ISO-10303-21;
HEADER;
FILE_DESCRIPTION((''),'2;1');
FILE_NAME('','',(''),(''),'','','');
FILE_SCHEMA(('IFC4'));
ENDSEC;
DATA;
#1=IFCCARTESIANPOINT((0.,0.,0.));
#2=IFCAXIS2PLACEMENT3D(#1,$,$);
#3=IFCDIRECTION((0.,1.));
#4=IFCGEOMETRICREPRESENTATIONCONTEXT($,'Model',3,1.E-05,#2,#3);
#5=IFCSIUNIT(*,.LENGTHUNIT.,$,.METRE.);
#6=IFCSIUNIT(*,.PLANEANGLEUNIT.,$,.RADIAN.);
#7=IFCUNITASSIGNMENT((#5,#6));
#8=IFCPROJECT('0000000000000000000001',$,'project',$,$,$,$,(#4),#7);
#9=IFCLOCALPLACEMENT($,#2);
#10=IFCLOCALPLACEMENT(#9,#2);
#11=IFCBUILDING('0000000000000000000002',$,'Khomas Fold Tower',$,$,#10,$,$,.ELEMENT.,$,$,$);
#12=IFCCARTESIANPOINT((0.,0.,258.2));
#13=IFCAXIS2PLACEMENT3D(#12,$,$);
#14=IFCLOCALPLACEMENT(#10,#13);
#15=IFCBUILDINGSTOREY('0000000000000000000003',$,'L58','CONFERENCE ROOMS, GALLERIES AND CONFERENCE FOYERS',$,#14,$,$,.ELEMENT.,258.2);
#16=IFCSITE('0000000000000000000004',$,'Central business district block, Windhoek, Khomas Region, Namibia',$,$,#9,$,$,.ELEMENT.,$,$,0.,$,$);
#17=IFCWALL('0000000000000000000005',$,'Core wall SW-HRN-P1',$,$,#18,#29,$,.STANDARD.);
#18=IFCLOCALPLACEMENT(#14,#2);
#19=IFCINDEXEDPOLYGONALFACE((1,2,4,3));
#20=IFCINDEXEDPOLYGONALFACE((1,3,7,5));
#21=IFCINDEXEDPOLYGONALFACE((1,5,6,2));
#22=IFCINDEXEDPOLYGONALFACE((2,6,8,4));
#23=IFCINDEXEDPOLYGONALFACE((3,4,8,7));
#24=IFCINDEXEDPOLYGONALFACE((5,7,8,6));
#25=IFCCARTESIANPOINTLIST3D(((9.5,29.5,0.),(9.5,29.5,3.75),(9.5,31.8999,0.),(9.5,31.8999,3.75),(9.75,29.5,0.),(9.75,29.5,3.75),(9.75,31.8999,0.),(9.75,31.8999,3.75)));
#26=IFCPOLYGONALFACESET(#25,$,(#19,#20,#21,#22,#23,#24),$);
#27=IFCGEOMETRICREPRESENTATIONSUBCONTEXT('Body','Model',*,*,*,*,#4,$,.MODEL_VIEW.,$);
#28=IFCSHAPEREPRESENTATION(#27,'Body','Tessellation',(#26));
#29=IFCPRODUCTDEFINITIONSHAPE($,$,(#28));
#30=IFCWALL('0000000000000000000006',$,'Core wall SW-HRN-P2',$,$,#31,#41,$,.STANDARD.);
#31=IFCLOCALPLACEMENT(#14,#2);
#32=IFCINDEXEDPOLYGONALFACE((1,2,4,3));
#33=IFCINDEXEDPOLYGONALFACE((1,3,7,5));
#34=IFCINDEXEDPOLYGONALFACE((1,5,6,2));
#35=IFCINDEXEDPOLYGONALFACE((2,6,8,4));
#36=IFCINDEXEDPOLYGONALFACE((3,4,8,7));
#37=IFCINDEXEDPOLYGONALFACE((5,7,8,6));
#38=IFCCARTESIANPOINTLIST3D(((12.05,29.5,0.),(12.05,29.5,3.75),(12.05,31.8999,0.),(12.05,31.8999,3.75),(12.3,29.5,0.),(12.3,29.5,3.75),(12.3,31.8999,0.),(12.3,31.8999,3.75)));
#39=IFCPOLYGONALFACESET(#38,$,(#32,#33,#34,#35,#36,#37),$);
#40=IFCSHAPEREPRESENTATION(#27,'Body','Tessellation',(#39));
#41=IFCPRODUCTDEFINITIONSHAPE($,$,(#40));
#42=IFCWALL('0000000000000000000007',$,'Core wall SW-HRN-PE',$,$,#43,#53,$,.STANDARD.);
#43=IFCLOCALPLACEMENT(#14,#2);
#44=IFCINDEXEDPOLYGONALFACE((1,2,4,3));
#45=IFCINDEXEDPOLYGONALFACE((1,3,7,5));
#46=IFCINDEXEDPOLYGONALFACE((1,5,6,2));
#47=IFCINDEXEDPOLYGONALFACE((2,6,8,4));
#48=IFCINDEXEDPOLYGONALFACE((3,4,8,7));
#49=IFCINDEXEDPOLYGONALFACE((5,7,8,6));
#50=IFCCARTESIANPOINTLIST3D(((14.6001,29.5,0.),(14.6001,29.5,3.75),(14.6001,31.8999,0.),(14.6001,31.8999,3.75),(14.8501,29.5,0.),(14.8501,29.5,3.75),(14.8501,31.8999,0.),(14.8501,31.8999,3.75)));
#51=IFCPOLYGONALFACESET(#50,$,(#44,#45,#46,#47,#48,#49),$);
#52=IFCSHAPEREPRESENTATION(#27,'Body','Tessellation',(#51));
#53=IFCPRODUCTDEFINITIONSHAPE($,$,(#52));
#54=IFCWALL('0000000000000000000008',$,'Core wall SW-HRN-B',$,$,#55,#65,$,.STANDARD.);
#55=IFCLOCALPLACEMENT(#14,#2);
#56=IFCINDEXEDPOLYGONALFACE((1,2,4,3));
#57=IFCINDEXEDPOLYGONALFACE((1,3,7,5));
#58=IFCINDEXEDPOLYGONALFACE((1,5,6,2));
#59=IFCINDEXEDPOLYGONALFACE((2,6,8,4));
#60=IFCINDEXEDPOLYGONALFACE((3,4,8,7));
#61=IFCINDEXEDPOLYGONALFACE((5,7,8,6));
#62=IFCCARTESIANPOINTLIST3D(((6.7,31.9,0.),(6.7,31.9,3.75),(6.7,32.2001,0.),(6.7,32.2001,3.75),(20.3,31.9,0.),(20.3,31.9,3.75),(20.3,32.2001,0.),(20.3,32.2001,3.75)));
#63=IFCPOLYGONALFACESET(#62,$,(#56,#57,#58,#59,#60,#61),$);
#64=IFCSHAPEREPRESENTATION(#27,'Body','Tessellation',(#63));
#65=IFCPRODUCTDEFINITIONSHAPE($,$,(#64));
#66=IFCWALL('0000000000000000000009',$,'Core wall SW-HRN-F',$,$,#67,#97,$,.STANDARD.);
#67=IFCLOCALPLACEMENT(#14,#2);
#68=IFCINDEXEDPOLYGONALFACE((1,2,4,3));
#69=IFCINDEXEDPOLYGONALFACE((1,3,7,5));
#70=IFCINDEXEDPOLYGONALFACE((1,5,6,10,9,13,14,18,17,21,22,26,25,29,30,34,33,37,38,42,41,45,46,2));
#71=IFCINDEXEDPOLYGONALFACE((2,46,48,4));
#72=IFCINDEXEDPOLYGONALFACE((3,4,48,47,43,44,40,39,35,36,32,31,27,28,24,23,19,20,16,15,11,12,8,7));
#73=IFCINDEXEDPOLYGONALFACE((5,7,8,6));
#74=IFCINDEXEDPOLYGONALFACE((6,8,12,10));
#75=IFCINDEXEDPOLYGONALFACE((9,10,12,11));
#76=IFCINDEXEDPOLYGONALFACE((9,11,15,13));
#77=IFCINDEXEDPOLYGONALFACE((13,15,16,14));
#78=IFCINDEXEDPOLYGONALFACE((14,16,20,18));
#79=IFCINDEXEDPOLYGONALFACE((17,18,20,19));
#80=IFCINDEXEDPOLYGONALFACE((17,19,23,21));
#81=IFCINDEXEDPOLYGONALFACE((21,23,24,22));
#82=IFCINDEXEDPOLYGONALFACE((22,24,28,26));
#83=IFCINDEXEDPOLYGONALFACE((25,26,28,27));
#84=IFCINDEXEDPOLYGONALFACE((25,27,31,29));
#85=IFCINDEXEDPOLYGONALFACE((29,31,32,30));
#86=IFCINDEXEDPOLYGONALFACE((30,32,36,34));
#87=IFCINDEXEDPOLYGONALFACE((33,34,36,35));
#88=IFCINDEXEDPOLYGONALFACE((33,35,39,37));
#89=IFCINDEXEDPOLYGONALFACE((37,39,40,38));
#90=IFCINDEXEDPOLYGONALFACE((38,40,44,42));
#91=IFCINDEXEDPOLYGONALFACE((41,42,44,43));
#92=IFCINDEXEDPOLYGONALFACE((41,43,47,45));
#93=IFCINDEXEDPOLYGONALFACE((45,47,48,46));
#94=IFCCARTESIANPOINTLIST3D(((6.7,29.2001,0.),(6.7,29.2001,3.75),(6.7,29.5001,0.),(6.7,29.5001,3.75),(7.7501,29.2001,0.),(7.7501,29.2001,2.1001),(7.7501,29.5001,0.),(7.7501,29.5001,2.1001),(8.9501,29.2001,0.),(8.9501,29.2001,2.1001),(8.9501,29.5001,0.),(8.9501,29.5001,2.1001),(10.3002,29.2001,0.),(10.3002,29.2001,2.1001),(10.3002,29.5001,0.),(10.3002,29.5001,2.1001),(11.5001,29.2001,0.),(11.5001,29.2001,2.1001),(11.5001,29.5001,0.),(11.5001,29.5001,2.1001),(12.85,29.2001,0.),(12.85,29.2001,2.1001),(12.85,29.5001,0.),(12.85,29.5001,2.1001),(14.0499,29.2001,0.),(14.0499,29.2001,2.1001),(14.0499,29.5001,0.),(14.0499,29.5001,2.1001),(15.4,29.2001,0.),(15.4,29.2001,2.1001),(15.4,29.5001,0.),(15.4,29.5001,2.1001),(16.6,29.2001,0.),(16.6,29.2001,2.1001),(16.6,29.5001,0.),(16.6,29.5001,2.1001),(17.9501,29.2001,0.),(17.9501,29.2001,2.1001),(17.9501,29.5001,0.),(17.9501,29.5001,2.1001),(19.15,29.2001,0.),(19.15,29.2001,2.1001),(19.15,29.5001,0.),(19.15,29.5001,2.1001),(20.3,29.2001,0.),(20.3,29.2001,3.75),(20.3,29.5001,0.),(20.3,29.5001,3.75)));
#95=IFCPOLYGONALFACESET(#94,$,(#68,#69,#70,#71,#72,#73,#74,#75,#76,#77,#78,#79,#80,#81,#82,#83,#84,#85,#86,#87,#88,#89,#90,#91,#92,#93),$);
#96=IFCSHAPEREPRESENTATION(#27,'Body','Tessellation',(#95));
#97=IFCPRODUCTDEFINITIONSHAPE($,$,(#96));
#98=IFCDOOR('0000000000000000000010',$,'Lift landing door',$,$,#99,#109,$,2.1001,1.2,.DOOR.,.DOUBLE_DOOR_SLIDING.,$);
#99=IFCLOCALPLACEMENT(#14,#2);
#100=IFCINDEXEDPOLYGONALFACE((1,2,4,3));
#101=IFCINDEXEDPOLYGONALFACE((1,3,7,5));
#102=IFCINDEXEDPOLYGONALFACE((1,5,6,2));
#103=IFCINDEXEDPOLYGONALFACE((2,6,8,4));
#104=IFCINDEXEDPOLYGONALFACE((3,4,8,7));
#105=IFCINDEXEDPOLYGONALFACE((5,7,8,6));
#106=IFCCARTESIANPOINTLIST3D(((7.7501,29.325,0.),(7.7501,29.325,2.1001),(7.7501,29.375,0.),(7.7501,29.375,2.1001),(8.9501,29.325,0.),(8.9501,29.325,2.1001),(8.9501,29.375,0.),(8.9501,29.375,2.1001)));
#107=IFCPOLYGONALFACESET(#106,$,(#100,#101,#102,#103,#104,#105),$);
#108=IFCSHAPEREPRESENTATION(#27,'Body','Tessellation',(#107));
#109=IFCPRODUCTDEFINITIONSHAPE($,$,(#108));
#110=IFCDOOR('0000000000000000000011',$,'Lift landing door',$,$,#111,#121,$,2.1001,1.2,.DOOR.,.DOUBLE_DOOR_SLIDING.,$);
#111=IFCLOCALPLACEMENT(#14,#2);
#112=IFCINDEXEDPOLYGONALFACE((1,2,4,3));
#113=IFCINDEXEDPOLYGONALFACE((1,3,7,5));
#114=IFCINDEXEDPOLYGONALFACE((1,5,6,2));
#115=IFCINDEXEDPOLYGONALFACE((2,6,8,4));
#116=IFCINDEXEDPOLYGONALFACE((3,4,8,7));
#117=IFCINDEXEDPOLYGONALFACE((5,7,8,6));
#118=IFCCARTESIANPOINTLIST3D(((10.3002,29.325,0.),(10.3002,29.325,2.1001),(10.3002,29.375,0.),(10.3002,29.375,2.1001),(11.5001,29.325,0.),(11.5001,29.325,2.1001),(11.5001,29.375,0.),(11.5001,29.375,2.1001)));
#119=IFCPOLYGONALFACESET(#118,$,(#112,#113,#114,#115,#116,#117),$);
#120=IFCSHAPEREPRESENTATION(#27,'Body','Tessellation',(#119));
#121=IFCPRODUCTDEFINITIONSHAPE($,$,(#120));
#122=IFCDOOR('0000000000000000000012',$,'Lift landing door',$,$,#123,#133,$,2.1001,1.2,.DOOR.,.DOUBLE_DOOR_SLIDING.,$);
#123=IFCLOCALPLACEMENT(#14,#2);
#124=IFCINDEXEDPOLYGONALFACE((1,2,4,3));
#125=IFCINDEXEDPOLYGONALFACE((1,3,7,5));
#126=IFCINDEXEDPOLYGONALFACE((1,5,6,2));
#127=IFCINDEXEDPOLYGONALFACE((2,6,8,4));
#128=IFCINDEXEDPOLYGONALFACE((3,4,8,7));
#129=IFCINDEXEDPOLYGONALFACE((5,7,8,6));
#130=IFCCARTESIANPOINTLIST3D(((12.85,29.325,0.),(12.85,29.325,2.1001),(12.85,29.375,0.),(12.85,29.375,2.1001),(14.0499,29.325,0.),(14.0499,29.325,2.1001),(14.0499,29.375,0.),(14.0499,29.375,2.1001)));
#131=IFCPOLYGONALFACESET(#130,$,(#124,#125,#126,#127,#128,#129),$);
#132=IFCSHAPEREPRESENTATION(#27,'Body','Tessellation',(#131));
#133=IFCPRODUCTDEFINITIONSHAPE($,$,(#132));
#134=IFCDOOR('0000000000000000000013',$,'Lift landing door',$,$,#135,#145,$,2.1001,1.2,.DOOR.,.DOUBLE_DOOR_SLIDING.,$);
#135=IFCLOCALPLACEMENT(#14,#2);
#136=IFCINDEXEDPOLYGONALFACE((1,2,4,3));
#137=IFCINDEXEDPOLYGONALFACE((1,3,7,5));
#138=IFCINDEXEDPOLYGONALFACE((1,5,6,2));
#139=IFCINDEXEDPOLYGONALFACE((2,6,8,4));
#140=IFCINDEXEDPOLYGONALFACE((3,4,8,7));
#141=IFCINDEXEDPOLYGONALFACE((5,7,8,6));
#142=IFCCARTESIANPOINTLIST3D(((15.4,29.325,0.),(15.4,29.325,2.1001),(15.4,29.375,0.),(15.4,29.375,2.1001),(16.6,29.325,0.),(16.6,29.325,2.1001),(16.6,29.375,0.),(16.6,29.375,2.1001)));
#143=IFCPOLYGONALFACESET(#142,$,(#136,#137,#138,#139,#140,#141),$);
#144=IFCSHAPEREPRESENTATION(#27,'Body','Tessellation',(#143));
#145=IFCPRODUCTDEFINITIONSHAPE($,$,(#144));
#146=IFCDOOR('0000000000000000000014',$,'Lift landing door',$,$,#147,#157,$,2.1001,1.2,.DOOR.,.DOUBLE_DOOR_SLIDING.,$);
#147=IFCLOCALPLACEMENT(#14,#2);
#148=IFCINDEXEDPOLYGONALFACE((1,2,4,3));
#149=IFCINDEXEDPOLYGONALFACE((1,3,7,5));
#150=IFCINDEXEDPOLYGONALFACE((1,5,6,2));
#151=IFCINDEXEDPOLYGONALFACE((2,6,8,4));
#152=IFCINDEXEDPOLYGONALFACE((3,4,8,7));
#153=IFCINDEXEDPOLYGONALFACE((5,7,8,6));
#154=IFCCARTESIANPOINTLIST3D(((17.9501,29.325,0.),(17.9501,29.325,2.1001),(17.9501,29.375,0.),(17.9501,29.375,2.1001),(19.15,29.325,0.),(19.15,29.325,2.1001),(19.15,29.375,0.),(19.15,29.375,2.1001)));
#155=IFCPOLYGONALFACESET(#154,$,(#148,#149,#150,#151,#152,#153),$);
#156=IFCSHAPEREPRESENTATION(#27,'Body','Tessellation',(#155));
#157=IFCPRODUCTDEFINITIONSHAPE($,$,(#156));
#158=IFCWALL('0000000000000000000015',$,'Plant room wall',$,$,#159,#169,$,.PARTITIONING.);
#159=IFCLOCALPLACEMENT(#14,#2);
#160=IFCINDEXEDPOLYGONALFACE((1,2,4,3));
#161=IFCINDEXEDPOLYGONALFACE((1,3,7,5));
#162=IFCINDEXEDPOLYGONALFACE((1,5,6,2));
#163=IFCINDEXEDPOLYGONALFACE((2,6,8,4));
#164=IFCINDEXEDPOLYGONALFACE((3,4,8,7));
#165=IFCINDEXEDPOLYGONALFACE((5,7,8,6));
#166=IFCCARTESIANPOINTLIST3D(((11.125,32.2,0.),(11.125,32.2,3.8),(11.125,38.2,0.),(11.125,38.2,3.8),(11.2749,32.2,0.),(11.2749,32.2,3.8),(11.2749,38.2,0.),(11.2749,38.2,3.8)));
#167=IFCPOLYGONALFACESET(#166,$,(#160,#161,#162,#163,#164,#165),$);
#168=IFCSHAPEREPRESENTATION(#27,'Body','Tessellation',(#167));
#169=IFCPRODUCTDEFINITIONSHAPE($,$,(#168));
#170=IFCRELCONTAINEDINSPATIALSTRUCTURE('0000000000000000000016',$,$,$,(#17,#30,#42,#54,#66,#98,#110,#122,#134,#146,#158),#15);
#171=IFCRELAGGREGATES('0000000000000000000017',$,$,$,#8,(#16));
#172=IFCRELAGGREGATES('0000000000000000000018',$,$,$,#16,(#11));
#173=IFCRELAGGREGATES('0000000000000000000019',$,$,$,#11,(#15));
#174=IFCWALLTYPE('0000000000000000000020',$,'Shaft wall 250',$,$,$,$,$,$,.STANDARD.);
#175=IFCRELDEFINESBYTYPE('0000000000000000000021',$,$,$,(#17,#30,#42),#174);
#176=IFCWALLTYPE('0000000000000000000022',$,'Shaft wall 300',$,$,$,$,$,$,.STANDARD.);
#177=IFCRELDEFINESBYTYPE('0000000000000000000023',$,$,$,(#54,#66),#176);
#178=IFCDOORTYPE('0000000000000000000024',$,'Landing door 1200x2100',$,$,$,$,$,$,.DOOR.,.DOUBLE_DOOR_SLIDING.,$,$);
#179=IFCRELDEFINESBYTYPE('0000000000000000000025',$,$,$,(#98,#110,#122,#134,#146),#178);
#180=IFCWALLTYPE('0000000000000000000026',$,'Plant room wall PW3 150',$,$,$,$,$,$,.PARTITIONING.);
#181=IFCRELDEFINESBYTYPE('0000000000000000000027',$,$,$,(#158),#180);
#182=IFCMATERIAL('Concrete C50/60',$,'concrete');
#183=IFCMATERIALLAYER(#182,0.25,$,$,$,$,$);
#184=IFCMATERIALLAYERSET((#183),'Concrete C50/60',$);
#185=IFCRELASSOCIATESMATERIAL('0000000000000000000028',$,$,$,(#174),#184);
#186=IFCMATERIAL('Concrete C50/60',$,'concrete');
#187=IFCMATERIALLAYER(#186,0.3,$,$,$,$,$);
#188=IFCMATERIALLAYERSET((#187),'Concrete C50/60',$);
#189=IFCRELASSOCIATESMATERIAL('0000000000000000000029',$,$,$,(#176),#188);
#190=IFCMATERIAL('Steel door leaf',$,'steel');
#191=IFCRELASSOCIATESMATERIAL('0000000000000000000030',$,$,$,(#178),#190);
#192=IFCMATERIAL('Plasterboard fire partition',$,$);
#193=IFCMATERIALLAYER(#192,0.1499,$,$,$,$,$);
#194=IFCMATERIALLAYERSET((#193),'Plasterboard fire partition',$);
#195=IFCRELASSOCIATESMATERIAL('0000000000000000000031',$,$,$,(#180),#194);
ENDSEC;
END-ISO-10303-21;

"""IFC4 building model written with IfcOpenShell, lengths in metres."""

from ifc_helpers import new_model, si_unit, direction, frame, frame_2d, origin, place, context, subcontext, project, spatial, rectangle, extrude, source, transform, mapped, material, layer, layer_set, type_object, element, fill, save


model = new_model("IFC4")

# Units and contexts
model_context = context("Model", 3, precision=1e-05, world=origin(), true_north=direction((0.0, 1.0)))
body_context = subcontext(model_context, "Body", "Model", "MODEL_VIEW")
ifc_project = project(units=[si_unit("LENGTHUNIT", "METRE"), si_unit("PLANEANGLEUNIT", "RADIAN")], contexts=[model_context])

# Site, building, storey
site_placement = place(None, origin())
site = spatial("IfcSite", under=ifc_project, at=site_placement, Name="Central business district block, Windhoek, Khomas Region, Namibia", CompositionType="ELEMENT", RefElevation=0.0)
building_placement = place(site_placement, origin())
building = spatial("IfcBuilding", under=site, at=building_placement, Name="Khomas Fold Tower", CompositionType="ELEMENT")
storey_placement = place(building_placement, frame((0.0, 0.0, 258.2)))
storey = spatial("IfcBuildingStorey", under=building, at=storey_placement, Name="L58", Description="CONFERENCE ROOMS, GALLERIES AND CONFERENCE FOYERS", CompositionType="ELEMENT", Elevation=258.2)

# Walls
ifc_material_1 = material(Name="Concrete C50/60", Category="concrete")
ifc_layer_1 = layer(ifc_material_1, 0.25)
ifc_layer_set_1 = layer_set([ifc_layer_1], Name="Concrete C50/60")
wall_type_1 = type_object("IfcWallType", Name="Shaft wall 250", PredefinedType="STANDARD", material=ifc_layer_set_1)
shared_shape_1 = source(origin(), body_context, "Body", "SweptSolid", [
    extrude(rectangle(XDim=2.3999, YDim=0.25, at=frame_2d((1.2, 0.0))), origin(), (0.0, 0.0, 1.0), 3.75),
])
for number, where, z_axis, x_axis, name in (
    (1, (9.625, 29.5, 0.0), (0.0, 0.0, 1.0), (0.0, 1.0, 0.0), "Core wall SW-HRN-P1"),
    (2, (12.175, 29.5, 0.0), (0.0, 0.0, 1.0), (0.0, 1.0, 0.0), "Core wall SW-HRN-P2"),
    (3, (14.7251, 29.5, 0.0), (0.0, 0.0, 1.0), (0.0, 1.0, 0.0), "Core wall SW-HRN-PE"),
):
    element("IfcWall", number, at=place(storey_placement, frame(where, z_axis=z_axis, x_axis=x_axis)), inside=storey, type_object=wall_type_1, Name=name, PredefinedType="STANDARD", context=body_context, shape_type="MappedRepresentation", body=[
        mapped(shared_shape_1, transform((0.0, 0.0, 0.0))),
    ])
ifc_material_2 = material(Name="Concrete C50/60", Category="concrete")
ifc_layer_2 = layer(ifc_material_2, 0.3)
ifc_layer_set_2 = layer_set([ifc_layer_2], Name="Concrete C50/60")
wall_type_2 = type_object("IfcWallType", Name="Shaft wall 300", PredefinedType="STANDARD", material=ifc_layer_set_2)
shared_shape_2 = source(origin(), body_context, "Body", "SweptSolid", [
    extrude(rectangle(XDim=13.6001, YDim=0.3, at=frame_2d((6.8, 0.0))), origin(), (0.0, 0.0, 1.0), 3.75),
])
wall_1_placement = place(storey_placement, frame((6.7, 32.05, 0.0), z_axis=(0.0, 0.0, 1.0), x_axis=(1.0, 0.0, 0.0)))
element("IfcWall", 4, at=wall_1_placement, inside=storey, type_object=wall_type_2, Name="Core wall SW-HRN-B", PredefinedType="STANDARD", context=body_context, shape_type="MappedRepresentation", body=[
    mapped(shared_shape_2, transform((0.0, 0.0, 0.0))),
])

# Wall, openings, doors
wall_2_placement = place(storey_placement, frame((6.7, 29.3501, 0.0), z_axis=(0.0, 0.0, 1.0), x_axis=(1.0, 0.0, 0.0)))
wall_2 = element("IfcWall", 5, at=wall_2_placement, inside=storey, type_object=wall_type_2, Name="Core wall SW-HRN-F", PredefinedType="STANDARD", context=body_context, shape_type="MappedRepresentation", body=[
    mapped(shared_shape_2, transform((0.0, 0.0, 0.0))),
])
shared_shape_3 = source(origin(), body_context, "Body", "SweptSolid", [
    extrude(rectangle(XDim=1.2, YDim=2.1001, at=frame_2d((0.6001, 1.05))), frame((0.0, 0.1599, 0.0), z_axis=(0.0, -1.0, 0.0), x_axis=(1.0, 0.0, 0.0)), (0.0, 0.0, 1.0), 0.3201),
])
opening_1_placement = place(wall_2_placement, frame((1.05, 0.0, 0.0)))
opening_1 = element("IfcOpeningElement", 6, at=opening_1_placement, cuts=wall_2, PredefinedType="OPENING", context=body_context, shape_type="MappedRepresentation", body=[
    mapped(shared_shape_3, transform((0.0, 0.0, 0.0))),
])
opening_2_placement = place(wall_2_placement, frame((3.6001, 0.0, 0.0)))
opening_2 = element("IfcOpeningElement", 7, at=opening_2_placement, cuts=wall_2, PredefinedType="OPENING", context=body_context, shape_type="MappedRepresentation", body=[
    mapped(shared_shape_3, transform((0.0, 0.0, 0.0))),
])
opening_3_placement = place(wall_2_placement, frame((6.1499, 0.0, 0.0)))
opening_3 = element("IfcOpeningElement", 8, at=opening_3_placement, cuts=wall_2, PredefinedType="OPENING", context=body_context, shape_type="MappedRepresentation", body=[
    mapped(shared_shape_3, transform((0.0, 0.0, 0.0))),
])
opening_4_placement = place(wall_2_placement, frame((8.7, 0.0, 0.0)))
opening_4 = element("IfcOpeningElement", 9, at=opening_4_placement, cuts=wall_2, PredefinedType="OPENING", context=body_context, shape_type="MappedRepresentation", body=[
    mapped(shared_shape_3, transform((0.0, 0.0, 0.0))),
])
opening_5_placement = place(wall_2_placement, frame((11.25, 0.0, 0.0)))
opening_5 = element("IfcOpeningElement", 10, at=opening_5_placement, cuts=wall_2, PredefinedType="OPENING", context=body_context, shape_type="MappedRepresentation", body=[
    mapped(shared_shape_3, transform((0.0, 0.0, 0.0))),
])
ifc_material_3 = material(Name="Steel door leaf", Category="steel")
door_type = type_object("IfcDoorType", Name="Landing door 1200x2100", OperationType="DOUBLE_DOOR_SLIDING", PredefinedType="DOOR", material=ifc_material_3)
shared_shape_4 = source(origin(), body_context, "Body", "SweptSolid", [
    extrude(rectangle(XDim=1.2, YDim=2.1001, at=frame_2d((0.6001, 1.05))), frame((0.0, 0.0249, 0.0), z_axis=(0.0, -1.0, 0.0), x_axis=(1.0, 0.0, 0.0)), (0.0, 0.0, 1.0), 0.05),
])
door_1_placement = place(opening_1_placement, origin())
door_1 = element("IfcDoor", 11, at=door_1_placement, inside=storey, type_object=door_type, Name="Lift landing door", OperationType="DOUBLE_DOOR_SLIDING", OverallHeight=2.1001, OverallWidth=1.2, PredefinedType="DOOR", context=body_context, shape_type="MappedRepresentation", body=[
    mapped(shared_shape_4, transform((0.0, 0.0, 0.0))),
])
fill(opening_1, door_1)
door_2_placement = place(opening_2_placement, origin())
door_2 = element("IfcDoor", 12, at=door_2_placement, inside=storey, type_object=door_type, Name="Lift landing door", OperationType="DOUBLE_DOOR_SLIDING", OverallHeight=2.1001, OverallWidth=1.2, PredefinedType="DOOR", context=body_context, shape_type="MappedRepresentation", body=[
    mapped(shared_shape_4, transform((0.0, 0.0, 0.0))),
])
fill(opening_2, door_2)
door_3_placement = place(opening_3_placement, origin())
door_3 = element("IfcDoor", 13, at=door_3_placement, inside=storey, type_object=door_type, Name="Lift landing door", OperationType="DOUBLE_DOOR_SLIDING", OverallHeight=2.1001, OverallWidth=1.2, PredefinedType="DOOR", context=body_context, shape_type="MappedRepresentation", body=[
    mapped(shared_shape_4, transform((0.0, 0.0, 0.0))),
])
fill(opening_3, door_3)
door_4_placement = place(opening_4_placement, origin())
door_4 = element("IfcDoor", 14, at=door_4_placement, inside=storey, type_object=door_type, Name="Lift landing door", OperationType="DOUBLE_DOOR_SLIDING", OverallHeight=2.1001, OverallWidth=1.2, PredefinedType="DOOR", context=body_context, shape_type="MappedRepresentation", body=[
    mapped(shared_shape_4, transform((0.0, 0.0, 0.0))),
])
fill(opening_4, door_4)
door_5_placement = place(opening_5_placement, origin())
door_5 = element("IfcDoor", 15, at=door_5_placement, inside=storey, type_object=door_type, Name="Lift landing door", OperationType="DOUBLE_DOOR_SLIDING", OverallHeight=2.1001, OverallWidth=1.2, PredefinedType="DOOR", context=body_context, shape_type="MappedRepresentation", body=[
    mapped(shared_shape_4, transform((0.0, 0.0, 0.0))),
])
fill(opening_5, door_5)

# Wall
ifc_material_4 = material(Name="Plasterboard fire partition")
ifc_layer_3 = layer(ifc_material_4, 0.1499)
ifc_layer_set_3 = layer_set([ifc_layer_3], Name="Plasterboard fire partition")
wall_type_3 = type_object("IfcWallType", Name="Plant room wall PW3 150", PredefinedType="PARTITIONING", material=ifc_layer_set_3)
shared_shape_5 = source(origin(), body_context, "Body", "SweptSolid", [
    extrude(rectangle(XDim=6.0, YDim=0.1499, at=frame_2d((3.0, 0.0))), origin(), (0.0, 0.0, 1.0), 3.8),
])
wall_3_placement = place(storey_placement, frame((11.2, 32.2, 0.0), z_axis=(0.0, 0.0, 1.0), x_axis=(0.0, 1.0, 0.0)))
element("IfcWall", 16, at=wall_3_placement, inside=storey, type_object=wall_type_3, Name="Plant room wall", PredefinedType="PARTITIONING", context=body_context, shape_type="MappedRepresentation", body=[
    mapped(shared_shape_5, transform((0.0, 0.0, 0.0))),
])

save(model, "model.ifc")
